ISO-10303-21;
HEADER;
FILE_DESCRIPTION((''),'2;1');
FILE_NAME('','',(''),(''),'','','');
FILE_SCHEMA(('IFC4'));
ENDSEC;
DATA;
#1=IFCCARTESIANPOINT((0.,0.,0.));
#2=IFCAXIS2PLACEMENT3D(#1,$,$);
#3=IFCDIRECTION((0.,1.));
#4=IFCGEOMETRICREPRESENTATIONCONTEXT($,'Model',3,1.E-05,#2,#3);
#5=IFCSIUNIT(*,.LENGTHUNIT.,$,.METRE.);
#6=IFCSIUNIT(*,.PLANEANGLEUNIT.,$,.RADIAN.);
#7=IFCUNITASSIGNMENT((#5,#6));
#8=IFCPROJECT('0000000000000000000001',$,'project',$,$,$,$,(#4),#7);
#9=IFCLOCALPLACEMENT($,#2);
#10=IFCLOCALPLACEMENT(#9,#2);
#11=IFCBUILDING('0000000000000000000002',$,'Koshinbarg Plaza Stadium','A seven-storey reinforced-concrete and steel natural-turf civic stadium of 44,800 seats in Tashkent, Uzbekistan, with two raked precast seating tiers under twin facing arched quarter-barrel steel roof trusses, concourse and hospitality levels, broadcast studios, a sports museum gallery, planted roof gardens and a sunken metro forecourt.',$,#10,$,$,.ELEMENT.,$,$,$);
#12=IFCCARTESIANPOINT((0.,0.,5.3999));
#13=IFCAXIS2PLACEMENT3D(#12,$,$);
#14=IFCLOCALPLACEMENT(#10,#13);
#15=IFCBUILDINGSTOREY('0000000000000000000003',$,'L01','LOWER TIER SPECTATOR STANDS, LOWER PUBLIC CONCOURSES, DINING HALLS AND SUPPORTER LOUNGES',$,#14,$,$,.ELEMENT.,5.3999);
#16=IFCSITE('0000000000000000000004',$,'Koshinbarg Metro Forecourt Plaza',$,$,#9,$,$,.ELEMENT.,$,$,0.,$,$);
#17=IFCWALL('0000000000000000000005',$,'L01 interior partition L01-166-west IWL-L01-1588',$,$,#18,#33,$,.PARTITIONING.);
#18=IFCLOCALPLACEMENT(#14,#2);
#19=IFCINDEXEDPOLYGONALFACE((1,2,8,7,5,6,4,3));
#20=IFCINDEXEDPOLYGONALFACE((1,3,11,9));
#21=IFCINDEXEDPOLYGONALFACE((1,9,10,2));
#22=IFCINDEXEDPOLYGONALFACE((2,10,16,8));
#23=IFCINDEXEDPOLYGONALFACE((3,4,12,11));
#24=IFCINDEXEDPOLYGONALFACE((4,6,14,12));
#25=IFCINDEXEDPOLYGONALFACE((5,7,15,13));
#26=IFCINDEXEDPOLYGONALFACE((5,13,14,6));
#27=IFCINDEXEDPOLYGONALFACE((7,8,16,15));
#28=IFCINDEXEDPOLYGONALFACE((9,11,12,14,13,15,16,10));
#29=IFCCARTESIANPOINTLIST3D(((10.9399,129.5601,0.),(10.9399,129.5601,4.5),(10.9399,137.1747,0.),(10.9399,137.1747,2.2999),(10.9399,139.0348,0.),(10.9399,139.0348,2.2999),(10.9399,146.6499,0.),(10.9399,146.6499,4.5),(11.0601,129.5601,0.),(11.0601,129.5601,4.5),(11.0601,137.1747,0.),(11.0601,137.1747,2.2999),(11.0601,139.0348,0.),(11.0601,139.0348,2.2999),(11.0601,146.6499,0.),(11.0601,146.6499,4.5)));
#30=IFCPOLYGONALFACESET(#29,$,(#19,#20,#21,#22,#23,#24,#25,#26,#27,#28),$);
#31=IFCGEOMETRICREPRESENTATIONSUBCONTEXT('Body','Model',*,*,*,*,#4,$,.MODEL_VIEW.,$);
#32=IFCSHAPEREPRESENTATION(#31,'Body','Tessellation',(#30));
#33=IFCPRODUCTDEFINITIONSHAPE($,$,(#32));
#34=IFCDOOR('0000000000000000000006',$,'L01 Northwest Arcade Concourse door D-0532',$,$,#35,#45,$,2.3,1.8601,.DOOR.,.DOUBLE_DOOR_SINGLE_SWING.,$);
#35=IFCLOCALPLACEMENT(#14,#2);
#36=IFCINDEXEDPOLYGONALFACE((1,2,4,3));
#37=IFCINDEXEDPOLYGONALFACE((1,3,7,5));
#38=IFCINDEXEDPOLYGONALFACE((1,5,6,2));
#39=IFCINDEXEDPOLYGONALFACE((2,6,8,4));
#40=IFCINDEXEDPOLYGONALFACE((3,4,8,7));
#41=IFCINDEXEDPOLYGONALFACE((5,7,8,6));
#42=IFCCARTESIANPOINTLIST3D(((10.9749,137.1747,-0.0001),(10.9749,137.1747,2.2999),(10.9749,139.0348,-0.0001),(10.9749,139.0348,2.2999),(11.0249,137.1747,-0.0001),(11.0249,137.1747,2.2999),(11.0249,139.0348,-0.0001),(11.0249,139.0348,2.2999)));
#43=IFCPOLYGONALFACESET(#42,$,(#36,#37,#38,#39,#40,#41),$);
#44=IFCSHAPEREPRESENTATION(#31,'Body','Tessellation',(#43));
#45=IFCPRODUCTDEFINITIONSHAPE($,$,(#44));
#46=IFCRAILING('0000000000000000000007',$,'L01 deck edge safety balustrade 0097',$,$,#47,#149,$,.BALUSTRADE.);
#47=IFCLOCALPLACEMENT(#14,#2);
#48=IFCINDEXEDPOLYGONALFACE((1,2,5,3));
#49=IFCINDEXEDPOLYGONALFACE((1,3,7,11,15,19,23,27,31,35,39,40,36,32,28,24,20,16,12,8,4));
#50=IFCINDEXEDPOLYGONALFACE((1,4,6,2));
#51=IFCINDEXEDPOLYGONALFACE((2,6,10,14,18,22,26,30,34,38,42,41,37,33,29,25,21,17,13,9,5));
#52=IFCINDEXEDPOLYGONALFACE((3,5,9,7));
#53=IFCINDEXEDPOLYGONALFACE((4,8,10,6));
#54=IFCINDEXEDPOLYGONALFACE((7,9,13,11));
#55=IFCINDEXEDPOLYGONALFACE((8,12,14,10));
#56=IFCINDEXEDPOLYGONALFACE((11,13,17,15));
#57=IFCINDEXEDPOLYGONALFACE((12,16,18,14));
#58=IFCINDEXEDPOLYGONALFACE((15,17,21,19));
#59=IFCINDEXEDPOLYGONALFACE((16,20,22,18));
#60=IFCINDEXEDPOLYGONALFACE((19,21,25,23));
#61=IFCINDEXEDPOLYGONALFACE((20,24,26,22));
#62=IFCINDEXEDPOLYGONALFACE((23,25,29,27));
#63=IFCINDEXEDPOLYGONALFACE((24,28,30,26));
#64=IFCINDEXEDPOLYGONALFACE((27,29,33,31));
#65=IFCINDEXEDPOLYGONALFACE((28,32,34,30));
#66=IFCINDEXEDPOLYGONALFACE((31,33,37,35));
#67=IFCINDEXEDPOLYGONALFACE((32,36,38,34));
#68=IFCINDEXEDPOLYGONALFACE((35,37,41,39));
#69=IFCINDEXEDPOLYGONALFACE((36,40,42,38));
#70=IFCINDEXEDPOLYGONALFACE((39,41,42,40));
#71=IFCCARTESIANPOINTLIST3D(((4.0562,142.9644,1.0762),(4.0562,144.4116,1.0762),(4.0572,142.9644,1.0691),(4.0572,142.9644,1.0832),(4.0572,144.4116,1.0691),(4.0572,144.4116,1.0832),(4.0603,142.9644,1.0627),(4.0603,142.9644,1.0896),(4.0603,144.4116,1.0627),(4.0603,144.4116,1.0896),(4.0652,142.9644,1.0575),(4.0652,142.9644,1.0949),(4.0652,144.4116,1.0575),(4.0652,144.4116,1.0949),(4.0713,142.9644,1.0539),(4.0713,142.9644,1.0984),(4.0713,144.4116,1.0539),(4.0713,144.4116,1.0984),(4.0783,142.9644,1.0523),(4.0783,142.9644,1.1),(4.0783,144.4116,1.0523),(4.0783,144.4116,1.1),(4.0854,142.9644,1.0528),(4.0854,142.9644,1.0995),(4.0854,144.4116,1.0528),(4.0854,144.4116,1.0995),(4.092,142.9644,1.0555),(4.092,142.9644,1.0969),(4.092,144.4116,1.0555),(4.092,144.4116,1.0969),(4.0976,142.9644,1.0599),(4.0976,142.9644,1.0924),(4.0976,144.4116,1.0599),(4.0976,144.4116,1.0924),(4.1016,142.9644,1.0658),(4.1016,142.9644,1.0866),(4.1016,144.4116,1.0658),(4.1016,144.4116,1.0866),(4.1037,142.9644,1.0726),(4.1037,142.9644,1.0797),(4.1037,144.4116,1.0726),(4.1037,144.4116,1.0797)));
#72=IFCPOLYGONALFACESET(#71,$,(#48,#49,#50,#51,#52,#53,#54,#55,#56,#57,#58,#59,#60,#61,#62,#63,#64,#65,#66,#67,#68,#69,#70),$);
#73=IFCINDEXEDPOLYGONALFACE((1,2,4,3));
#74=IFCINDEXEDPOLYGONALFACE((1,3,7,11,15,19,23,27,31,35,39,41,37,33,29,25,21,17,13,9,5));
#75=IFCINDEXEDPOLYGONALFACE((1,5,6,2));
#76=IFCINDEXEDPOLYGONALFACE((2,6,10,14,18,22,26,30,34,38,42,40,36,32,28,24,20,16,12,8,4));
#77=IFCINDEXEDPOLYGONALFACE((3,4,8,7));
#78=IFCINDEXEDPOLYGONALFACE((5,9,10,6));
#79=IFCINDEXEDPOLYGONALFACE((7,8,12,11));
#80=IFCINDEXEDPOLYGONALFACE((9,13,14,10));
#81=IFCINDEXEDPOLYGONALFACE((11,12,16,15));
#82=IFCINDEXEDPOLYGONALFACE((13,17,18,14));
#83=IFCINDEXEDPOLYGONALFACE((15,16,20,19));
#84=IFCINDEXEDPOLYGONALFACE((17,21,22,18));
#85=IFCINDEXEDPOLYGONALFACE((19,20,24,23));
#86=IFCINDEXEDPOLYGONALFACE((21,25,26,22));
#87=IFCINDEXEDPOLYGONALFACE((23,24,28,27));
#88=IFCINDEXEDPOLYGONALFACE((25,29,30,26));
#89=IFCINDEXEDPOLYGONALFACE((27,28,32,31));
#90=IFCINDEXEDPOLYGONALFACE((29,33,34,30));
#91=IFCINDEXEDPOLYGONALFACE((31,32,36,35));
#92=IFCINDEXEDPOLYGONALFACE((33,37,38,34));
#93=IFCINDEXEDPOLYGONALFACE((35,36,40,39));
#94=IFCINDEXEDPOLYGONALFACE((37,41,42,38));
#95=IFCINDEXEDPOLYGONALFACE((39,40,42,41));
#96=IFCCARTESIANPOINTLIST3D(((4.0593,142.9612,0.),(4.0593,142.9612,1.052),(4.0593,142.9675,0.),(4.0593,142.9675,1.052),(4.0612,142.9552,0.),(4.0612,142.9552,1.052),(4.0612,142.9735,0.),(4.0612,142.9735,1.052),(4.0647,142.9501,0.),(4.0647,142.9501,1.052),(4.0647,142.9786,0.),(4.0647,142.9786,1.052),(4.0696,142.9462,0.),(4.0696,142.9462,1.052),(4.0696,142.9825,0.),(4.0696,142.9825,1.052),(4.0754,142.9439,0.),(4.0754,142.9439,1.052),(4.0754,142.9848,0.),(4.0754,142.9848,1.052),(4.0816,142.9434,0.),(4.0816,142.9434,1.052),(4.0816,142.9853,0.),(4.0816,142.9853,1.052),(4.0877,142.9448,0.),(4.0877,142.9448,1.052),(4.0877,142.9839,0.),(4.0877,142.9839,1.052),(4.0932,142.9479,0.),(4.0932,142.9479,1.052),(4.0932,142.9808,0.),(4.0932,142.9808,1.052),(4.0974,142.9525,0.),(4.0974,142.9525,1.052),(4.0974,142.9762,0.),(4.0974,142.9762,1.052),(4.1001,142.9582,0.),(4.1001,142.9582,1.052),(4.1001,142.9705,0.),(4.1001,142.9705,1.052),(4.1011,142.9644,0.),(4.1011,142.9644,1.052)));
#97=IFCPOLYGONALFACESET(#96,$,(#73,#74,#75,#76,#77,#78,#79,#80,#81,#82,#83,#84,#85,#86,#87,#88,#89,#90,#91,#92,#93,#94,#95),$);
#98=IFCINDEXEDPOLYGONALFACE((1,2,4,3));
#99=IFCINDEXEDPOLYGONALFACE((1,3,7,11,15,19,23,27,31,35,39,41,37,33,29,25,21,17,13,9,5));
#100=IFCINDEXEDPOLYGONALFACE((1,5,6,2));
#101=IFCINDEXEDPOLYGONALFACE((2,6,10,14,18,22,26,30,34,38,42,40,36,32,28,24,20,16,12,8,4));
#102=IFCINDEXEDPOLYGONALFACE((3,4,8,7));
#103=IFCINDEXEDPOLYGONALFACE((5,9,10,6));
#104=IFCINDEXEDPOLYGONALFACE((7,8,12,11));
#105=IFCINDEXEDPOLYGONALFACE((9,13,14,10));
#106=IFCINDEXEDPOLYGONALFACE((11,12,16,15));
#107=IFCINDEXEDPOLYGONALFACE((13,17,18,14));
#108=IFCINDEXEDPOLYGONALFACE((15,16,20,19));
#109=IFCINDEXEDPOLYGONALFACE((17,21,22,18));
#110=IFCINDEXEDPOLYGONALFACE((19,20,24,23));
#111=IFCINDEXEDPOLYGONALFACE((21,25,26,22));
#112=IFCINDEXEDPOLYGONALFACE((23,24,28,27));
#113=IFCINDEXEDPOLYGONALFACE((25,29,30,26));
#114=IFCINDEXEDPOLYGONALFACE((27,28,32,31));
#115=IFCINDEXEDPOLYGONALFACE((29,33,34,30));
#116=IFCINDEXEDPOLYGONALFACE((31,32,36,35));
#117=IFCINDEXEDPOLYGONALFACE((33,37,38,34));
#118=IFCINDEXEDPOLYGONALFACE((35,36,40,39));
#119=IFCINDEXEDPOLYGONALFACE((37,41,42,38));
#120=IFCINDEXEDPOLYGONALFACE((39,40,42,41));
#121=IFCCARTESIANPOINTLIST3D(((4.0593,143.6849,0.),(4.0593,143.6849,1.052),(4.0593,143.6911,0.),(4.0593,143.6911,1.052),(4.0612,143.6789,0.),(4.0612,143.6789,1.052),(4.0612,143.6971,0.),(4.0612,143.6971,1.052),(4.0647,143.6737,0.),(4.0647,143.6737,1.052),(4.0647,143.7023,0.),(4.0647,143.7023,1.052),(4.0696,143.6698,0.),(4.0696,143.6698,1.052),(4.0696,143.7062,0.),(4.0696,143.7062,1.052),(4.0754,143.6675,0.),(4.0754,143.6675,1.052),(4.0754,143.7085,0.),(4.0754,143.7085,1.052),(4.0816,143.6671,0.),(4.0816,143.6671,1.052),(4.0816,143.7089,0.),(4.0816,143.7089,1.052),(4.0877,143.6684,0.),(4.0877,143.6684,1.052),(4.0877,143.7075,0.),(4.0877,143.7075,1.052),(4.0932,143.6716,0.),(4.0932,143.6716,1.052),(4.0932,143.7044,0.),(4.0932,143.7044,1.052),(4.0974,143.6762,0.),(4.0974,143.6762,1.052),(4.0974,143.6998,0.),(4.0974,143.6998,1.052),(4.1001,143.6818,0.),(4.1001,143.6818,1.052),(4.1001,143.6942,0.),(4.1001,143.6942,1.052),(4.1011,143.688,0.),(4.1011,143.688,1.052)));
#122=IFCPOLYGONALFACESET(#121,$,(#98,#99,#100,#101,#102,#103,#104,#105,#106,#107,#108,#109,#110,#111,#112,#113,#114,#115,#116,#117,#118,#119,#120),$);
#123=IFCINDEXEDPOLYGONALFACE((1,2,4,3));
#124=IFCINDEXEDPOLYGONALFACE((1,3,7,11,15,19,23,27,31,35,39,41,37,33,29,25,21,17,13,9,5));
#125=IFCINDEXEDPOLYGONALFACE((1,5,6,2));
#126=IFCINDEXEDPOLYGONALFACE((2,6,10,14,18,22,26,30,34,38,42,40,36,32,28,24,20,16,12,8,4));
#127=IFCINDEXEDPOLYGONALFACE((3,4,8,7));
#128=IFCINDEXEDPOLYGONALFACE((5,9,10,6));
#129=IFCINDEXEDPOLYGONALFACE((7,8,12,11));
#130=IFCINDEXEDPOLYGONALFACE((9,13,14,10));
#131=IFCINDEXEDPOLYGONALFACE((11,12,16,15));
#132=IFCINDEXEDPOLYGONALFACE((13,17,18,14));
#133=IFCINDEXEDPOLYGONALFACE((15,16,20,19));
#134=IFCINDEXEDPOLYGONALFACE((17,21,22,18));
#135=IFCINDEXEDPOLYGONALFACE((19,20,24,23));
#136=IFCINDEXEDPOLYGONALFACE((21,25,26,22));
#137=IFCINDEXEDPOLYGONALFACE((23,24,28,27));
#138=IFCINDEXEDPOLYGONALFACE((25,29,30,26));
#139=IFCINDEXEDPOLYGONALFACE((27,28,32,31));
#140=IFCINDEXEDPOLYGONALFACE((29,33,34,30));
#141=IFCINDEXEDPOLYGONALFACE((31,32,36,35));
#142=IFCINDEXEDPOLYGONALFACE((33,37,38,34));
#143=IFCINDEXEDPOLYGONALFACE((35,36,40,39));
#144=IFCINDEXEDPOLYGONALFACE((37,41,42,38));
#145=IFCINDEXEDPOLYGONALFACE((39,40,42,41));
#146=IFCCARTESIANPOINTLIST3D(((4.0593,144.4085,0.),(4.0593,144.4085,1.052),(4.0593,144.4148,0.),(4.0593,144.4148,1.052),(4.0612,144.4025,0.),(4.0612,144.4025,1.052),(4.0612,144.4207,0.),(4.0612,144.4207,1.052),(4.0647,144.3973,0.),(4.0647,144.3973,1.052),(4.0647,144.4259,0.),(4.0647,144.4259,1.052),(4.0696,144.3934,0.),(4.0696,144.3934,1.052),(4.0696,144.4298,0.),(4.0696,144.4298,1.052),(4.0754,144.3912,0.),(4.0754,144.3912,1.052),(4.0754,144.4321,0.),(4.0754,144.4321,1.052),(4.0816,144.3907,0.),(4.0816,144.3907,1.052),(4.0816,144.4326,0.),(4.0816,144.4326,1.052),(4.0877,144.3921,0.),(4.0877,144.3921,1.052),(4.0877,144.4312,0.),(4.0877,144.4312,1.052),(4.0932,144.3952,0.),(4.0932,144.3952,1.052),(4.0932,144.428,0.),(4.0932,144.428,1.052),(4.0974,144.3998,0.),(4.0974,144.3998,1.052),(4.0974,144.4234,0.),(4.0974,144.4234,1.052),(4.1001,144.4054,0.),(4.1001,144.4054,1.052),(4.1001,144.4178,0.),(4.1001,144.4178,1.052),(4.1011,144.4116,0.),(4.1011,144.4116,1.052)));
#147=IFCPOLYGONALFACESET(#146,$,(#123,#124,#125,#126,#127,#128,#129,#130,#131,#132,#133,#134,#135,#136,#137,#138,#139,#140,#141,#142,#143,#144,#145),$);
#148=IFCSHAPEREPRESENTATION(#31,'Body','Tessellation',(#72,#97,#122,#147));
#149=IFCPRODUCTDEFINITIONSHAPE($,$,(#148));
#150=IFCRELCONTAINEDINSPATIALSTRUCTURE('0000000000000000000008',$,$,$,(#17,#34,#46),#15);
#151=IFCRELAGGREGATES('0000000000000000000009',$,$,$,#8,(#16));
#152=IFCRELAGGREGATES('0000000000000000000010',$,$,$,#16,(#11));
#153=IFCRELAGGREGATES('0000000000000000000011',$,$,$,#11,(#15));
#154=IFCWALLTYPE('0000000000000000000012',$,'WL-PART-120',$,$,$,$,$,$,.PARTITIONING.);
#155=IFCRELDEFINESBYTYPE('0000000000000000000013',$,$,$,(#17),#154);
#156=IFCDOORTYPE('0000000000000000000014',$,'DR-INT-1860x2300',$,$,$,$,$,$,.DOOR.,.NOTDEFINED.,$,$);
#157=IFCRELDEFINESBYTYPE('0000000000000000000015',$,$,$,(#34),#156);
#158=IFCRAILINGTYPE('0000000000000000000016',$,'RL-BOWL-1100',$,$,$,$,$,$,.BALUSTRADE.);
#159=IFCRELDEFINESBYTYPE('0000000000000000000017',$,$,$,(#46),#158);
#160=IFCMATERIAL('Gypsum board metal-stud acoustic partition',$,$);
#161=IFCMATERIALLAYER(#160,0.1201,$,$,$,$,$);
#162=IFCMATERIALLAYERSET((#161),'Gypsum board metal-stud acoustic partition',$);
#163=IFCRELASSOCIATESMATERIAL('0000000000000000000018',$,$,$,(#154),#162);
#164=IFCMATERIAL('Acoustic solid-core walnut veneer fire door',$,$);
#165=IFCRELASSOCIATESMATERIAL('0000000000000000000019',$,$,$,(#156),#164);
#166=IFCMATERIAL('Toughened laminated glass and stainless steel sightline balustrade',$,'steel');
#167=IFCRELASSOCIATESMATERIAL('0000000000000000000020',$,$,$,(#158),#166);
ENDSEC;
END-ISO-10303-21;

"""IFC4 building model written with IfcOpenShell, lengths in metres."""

from ifc_helpers import new_model, si_unit, direction, frame, frame_2d, origin, origin_2d, place, context, subcontext, project, spatial, rectangle, circle, extrude, material, layer, layer_set, type_object, element, fill, save


model = new_model("IFC4")

# Units and contexts
model_context = context("Model", 3, precision=1e-05, world=origin(), true_north=direction((0.0, 1.0)))
body_context = subcontext(model_context, "Body", "Model", "MODEL_VIEW")
ifc_project = project(units=[si_unit("LENGTHUNIT", "METRE"), si_unit("PLANEANGLEUNIT", "RADIAN")], contexts=[model_context])

# Site, building, storey
site_placement = place(None, origin())
site = spatial("IfcSite", under=ifc_project, at=site_placement, Name="Koshinbarg Metro Forecourt Plaza", CompositionType="ELEMENT", RefElevation=0.0)
building_placement = place(site_placement, origin())
building = spatial("IfcBuilding", under=site, at=building_placement, Name="Koshinbarg Plaza Stadium", Description="A seven-storey reinforced-concrete and steel natural-turf civic stadium of 44,800 seats in Tashkent, Uzbekistan, with two raked precast seating tiers under twin facing arched quarter-barrel steel roof trusses, concourse and hospitality levels, broadcast studios, a sports museum gallery, planted roof gardens and a sunken metro forecourt.", CompositionType="ELEMENT")
storey_placement = place(building_placement, frame((0.0, 0.0, 5.3999)))
storey = spatial("IfcBuildingStorey", under=building, at=storey_placement, Name="L01", Description="LOWER TIER SPECTATOR STANDS, LOWER PUBLIC CONCOURSES, DINING HALLS AND SUPPORTER LOUNGES", CompositionType="ELEMENT", Elevation=5.3999)

# Shared definitions
ifc_material_1 = material(Name="Gypsum board metal-stud acoustic partition")
ifc_layer_1 = layer(ifc_material_1, 0.1201)
ifc_layer_set_1 = layer_set([ifc_layer_1], Name="Gypsum board metal-stud acoustic partition")
wall_type_1 = type_object("IfcWallType", Name="WL-PART-120", PredefinedType="PARTITIONING", material=ifc_layer_set_1)

# Wall, opening, door
wall_1_placement = place(storey_placement, frame((11.0, 146.6499, 0.0), z_axis=(0.0, 0.0, 1.0), x_axis=(0.0, -1.0, 0.0)))
wall_1 = element("IfcWall", 1, at=wall_1_placement, inside=storey, type_object=wall_type_1, Name="L01 interior partition L01-166-west IWL-L01-1588", PredefinedType="PARTITIONING", context=body_context, shape_type="SweptSolid", body=[
    extrude(rectangle(XDim=17.0898, YDim=0.1201, at=frame_2d((8.5449, 0.0))), origin(), (0.0, 0.0, 1.0), 4.5),
])
opening_1_placement = place(wall_1_placement, frame((7.615, 0.0, 0.0)))
opening_1 = element("IfcOpeningElement", 2, at=opening_1_placement, cuts=wall_1, PredefinedType="OPENING", context=body_context, shape_type="SweptSolid", body=[
    extrude(rectangle(XDim=1.8601, YDim=2.3, at=frame_2d((0.9302, 1.1499))), frame((0.0, 0.0701, 0.0), z_axis=(0.0, -1.0, 0.0), x_axis=(1.0, 0.0, 0.0)), (0.0, 0.0, 1.0), 0.1401),
])
ifc_material_2 = material(Name="Acoustic solid-core walnut veneer fire door")
door_type = type_object("IfcDoorType", Name="DR-INT-1860x2300", OperationType="NOTDEFINED", PredefinedType="DOOR", material=ifc_material_2)
door_placement = place(opening_1_placement, origin())
door = element("IfcDoor", 3, at=door_placement, inside=storey, type_object=door_type, Name="L01 Northwest Arcade Concourse door D-0532", OperationType="DOUBLE_DOOR_SINGLE_SWING", OverallHeight=2.3, OverallWidth=1.8601, PredefinedType="DOOR", context=body_context, shape_type="SweptSolid", body=[
    extrude(rectangle(XDim=1.8601, YDim=2.3, at=frame_2d((0.9302, 1.1499))), frame((0.0, 0.0249, 0.0), z_axis=(0.0, -1.0, 0.0), x_axis=(1.0, 0.0, 0.0)), (0.0, 0.0, 1.0), 0.05),
])
fill(opening_1, door)

# Railing
ifc_material_3 = material(Name="Toughened laminated glass and stainless steel sightline balustrade", Category="steel")
railing_type = type_object("IfcRailingType", Name="RL-BOWL-1100", PredefinedType="BALUSTRADE", material=ifc_material_3)
railing_1_placement = place(storey_placement, frame((4.0801, 142.9644, 0.0)))
element("IfcRailing", 4, at=railing_1_placement, inside=storey, type_object=railing_type, Name="L01 deck edge safety balustrade 0097", PredefinedType="BALUSTRADE", context=body_context, shape_type="SweptSolid", body=[
    extrude(circle(Radius=0.0239, at=origin_2d()), frame((0.0, 0.0, 1.0762), z_axis=(0.0, 1.0, 0.0), x_axis=(-1.0, 0.0, 0.0)), (0.0, 0.0, 1.0), 1.4473),
    extrude(circle(Radius=0.021, at=origin_2d()), origin(), (0.0, 0.0, 1.0), 1.052),
    extrude(circle(Radius=0.021, at=origin_2d()), frame((0.0, 0.7236, 0.0)), (0.0, 0.0, 1.0), 1.052),
    extrude(circle(Radius=0.021, at=origin_2d()), frame((0.0, 1.4473, 0.0)), (0.0, 0.0, 1.0), 1.052),
])

save(model, "model.ifc")
